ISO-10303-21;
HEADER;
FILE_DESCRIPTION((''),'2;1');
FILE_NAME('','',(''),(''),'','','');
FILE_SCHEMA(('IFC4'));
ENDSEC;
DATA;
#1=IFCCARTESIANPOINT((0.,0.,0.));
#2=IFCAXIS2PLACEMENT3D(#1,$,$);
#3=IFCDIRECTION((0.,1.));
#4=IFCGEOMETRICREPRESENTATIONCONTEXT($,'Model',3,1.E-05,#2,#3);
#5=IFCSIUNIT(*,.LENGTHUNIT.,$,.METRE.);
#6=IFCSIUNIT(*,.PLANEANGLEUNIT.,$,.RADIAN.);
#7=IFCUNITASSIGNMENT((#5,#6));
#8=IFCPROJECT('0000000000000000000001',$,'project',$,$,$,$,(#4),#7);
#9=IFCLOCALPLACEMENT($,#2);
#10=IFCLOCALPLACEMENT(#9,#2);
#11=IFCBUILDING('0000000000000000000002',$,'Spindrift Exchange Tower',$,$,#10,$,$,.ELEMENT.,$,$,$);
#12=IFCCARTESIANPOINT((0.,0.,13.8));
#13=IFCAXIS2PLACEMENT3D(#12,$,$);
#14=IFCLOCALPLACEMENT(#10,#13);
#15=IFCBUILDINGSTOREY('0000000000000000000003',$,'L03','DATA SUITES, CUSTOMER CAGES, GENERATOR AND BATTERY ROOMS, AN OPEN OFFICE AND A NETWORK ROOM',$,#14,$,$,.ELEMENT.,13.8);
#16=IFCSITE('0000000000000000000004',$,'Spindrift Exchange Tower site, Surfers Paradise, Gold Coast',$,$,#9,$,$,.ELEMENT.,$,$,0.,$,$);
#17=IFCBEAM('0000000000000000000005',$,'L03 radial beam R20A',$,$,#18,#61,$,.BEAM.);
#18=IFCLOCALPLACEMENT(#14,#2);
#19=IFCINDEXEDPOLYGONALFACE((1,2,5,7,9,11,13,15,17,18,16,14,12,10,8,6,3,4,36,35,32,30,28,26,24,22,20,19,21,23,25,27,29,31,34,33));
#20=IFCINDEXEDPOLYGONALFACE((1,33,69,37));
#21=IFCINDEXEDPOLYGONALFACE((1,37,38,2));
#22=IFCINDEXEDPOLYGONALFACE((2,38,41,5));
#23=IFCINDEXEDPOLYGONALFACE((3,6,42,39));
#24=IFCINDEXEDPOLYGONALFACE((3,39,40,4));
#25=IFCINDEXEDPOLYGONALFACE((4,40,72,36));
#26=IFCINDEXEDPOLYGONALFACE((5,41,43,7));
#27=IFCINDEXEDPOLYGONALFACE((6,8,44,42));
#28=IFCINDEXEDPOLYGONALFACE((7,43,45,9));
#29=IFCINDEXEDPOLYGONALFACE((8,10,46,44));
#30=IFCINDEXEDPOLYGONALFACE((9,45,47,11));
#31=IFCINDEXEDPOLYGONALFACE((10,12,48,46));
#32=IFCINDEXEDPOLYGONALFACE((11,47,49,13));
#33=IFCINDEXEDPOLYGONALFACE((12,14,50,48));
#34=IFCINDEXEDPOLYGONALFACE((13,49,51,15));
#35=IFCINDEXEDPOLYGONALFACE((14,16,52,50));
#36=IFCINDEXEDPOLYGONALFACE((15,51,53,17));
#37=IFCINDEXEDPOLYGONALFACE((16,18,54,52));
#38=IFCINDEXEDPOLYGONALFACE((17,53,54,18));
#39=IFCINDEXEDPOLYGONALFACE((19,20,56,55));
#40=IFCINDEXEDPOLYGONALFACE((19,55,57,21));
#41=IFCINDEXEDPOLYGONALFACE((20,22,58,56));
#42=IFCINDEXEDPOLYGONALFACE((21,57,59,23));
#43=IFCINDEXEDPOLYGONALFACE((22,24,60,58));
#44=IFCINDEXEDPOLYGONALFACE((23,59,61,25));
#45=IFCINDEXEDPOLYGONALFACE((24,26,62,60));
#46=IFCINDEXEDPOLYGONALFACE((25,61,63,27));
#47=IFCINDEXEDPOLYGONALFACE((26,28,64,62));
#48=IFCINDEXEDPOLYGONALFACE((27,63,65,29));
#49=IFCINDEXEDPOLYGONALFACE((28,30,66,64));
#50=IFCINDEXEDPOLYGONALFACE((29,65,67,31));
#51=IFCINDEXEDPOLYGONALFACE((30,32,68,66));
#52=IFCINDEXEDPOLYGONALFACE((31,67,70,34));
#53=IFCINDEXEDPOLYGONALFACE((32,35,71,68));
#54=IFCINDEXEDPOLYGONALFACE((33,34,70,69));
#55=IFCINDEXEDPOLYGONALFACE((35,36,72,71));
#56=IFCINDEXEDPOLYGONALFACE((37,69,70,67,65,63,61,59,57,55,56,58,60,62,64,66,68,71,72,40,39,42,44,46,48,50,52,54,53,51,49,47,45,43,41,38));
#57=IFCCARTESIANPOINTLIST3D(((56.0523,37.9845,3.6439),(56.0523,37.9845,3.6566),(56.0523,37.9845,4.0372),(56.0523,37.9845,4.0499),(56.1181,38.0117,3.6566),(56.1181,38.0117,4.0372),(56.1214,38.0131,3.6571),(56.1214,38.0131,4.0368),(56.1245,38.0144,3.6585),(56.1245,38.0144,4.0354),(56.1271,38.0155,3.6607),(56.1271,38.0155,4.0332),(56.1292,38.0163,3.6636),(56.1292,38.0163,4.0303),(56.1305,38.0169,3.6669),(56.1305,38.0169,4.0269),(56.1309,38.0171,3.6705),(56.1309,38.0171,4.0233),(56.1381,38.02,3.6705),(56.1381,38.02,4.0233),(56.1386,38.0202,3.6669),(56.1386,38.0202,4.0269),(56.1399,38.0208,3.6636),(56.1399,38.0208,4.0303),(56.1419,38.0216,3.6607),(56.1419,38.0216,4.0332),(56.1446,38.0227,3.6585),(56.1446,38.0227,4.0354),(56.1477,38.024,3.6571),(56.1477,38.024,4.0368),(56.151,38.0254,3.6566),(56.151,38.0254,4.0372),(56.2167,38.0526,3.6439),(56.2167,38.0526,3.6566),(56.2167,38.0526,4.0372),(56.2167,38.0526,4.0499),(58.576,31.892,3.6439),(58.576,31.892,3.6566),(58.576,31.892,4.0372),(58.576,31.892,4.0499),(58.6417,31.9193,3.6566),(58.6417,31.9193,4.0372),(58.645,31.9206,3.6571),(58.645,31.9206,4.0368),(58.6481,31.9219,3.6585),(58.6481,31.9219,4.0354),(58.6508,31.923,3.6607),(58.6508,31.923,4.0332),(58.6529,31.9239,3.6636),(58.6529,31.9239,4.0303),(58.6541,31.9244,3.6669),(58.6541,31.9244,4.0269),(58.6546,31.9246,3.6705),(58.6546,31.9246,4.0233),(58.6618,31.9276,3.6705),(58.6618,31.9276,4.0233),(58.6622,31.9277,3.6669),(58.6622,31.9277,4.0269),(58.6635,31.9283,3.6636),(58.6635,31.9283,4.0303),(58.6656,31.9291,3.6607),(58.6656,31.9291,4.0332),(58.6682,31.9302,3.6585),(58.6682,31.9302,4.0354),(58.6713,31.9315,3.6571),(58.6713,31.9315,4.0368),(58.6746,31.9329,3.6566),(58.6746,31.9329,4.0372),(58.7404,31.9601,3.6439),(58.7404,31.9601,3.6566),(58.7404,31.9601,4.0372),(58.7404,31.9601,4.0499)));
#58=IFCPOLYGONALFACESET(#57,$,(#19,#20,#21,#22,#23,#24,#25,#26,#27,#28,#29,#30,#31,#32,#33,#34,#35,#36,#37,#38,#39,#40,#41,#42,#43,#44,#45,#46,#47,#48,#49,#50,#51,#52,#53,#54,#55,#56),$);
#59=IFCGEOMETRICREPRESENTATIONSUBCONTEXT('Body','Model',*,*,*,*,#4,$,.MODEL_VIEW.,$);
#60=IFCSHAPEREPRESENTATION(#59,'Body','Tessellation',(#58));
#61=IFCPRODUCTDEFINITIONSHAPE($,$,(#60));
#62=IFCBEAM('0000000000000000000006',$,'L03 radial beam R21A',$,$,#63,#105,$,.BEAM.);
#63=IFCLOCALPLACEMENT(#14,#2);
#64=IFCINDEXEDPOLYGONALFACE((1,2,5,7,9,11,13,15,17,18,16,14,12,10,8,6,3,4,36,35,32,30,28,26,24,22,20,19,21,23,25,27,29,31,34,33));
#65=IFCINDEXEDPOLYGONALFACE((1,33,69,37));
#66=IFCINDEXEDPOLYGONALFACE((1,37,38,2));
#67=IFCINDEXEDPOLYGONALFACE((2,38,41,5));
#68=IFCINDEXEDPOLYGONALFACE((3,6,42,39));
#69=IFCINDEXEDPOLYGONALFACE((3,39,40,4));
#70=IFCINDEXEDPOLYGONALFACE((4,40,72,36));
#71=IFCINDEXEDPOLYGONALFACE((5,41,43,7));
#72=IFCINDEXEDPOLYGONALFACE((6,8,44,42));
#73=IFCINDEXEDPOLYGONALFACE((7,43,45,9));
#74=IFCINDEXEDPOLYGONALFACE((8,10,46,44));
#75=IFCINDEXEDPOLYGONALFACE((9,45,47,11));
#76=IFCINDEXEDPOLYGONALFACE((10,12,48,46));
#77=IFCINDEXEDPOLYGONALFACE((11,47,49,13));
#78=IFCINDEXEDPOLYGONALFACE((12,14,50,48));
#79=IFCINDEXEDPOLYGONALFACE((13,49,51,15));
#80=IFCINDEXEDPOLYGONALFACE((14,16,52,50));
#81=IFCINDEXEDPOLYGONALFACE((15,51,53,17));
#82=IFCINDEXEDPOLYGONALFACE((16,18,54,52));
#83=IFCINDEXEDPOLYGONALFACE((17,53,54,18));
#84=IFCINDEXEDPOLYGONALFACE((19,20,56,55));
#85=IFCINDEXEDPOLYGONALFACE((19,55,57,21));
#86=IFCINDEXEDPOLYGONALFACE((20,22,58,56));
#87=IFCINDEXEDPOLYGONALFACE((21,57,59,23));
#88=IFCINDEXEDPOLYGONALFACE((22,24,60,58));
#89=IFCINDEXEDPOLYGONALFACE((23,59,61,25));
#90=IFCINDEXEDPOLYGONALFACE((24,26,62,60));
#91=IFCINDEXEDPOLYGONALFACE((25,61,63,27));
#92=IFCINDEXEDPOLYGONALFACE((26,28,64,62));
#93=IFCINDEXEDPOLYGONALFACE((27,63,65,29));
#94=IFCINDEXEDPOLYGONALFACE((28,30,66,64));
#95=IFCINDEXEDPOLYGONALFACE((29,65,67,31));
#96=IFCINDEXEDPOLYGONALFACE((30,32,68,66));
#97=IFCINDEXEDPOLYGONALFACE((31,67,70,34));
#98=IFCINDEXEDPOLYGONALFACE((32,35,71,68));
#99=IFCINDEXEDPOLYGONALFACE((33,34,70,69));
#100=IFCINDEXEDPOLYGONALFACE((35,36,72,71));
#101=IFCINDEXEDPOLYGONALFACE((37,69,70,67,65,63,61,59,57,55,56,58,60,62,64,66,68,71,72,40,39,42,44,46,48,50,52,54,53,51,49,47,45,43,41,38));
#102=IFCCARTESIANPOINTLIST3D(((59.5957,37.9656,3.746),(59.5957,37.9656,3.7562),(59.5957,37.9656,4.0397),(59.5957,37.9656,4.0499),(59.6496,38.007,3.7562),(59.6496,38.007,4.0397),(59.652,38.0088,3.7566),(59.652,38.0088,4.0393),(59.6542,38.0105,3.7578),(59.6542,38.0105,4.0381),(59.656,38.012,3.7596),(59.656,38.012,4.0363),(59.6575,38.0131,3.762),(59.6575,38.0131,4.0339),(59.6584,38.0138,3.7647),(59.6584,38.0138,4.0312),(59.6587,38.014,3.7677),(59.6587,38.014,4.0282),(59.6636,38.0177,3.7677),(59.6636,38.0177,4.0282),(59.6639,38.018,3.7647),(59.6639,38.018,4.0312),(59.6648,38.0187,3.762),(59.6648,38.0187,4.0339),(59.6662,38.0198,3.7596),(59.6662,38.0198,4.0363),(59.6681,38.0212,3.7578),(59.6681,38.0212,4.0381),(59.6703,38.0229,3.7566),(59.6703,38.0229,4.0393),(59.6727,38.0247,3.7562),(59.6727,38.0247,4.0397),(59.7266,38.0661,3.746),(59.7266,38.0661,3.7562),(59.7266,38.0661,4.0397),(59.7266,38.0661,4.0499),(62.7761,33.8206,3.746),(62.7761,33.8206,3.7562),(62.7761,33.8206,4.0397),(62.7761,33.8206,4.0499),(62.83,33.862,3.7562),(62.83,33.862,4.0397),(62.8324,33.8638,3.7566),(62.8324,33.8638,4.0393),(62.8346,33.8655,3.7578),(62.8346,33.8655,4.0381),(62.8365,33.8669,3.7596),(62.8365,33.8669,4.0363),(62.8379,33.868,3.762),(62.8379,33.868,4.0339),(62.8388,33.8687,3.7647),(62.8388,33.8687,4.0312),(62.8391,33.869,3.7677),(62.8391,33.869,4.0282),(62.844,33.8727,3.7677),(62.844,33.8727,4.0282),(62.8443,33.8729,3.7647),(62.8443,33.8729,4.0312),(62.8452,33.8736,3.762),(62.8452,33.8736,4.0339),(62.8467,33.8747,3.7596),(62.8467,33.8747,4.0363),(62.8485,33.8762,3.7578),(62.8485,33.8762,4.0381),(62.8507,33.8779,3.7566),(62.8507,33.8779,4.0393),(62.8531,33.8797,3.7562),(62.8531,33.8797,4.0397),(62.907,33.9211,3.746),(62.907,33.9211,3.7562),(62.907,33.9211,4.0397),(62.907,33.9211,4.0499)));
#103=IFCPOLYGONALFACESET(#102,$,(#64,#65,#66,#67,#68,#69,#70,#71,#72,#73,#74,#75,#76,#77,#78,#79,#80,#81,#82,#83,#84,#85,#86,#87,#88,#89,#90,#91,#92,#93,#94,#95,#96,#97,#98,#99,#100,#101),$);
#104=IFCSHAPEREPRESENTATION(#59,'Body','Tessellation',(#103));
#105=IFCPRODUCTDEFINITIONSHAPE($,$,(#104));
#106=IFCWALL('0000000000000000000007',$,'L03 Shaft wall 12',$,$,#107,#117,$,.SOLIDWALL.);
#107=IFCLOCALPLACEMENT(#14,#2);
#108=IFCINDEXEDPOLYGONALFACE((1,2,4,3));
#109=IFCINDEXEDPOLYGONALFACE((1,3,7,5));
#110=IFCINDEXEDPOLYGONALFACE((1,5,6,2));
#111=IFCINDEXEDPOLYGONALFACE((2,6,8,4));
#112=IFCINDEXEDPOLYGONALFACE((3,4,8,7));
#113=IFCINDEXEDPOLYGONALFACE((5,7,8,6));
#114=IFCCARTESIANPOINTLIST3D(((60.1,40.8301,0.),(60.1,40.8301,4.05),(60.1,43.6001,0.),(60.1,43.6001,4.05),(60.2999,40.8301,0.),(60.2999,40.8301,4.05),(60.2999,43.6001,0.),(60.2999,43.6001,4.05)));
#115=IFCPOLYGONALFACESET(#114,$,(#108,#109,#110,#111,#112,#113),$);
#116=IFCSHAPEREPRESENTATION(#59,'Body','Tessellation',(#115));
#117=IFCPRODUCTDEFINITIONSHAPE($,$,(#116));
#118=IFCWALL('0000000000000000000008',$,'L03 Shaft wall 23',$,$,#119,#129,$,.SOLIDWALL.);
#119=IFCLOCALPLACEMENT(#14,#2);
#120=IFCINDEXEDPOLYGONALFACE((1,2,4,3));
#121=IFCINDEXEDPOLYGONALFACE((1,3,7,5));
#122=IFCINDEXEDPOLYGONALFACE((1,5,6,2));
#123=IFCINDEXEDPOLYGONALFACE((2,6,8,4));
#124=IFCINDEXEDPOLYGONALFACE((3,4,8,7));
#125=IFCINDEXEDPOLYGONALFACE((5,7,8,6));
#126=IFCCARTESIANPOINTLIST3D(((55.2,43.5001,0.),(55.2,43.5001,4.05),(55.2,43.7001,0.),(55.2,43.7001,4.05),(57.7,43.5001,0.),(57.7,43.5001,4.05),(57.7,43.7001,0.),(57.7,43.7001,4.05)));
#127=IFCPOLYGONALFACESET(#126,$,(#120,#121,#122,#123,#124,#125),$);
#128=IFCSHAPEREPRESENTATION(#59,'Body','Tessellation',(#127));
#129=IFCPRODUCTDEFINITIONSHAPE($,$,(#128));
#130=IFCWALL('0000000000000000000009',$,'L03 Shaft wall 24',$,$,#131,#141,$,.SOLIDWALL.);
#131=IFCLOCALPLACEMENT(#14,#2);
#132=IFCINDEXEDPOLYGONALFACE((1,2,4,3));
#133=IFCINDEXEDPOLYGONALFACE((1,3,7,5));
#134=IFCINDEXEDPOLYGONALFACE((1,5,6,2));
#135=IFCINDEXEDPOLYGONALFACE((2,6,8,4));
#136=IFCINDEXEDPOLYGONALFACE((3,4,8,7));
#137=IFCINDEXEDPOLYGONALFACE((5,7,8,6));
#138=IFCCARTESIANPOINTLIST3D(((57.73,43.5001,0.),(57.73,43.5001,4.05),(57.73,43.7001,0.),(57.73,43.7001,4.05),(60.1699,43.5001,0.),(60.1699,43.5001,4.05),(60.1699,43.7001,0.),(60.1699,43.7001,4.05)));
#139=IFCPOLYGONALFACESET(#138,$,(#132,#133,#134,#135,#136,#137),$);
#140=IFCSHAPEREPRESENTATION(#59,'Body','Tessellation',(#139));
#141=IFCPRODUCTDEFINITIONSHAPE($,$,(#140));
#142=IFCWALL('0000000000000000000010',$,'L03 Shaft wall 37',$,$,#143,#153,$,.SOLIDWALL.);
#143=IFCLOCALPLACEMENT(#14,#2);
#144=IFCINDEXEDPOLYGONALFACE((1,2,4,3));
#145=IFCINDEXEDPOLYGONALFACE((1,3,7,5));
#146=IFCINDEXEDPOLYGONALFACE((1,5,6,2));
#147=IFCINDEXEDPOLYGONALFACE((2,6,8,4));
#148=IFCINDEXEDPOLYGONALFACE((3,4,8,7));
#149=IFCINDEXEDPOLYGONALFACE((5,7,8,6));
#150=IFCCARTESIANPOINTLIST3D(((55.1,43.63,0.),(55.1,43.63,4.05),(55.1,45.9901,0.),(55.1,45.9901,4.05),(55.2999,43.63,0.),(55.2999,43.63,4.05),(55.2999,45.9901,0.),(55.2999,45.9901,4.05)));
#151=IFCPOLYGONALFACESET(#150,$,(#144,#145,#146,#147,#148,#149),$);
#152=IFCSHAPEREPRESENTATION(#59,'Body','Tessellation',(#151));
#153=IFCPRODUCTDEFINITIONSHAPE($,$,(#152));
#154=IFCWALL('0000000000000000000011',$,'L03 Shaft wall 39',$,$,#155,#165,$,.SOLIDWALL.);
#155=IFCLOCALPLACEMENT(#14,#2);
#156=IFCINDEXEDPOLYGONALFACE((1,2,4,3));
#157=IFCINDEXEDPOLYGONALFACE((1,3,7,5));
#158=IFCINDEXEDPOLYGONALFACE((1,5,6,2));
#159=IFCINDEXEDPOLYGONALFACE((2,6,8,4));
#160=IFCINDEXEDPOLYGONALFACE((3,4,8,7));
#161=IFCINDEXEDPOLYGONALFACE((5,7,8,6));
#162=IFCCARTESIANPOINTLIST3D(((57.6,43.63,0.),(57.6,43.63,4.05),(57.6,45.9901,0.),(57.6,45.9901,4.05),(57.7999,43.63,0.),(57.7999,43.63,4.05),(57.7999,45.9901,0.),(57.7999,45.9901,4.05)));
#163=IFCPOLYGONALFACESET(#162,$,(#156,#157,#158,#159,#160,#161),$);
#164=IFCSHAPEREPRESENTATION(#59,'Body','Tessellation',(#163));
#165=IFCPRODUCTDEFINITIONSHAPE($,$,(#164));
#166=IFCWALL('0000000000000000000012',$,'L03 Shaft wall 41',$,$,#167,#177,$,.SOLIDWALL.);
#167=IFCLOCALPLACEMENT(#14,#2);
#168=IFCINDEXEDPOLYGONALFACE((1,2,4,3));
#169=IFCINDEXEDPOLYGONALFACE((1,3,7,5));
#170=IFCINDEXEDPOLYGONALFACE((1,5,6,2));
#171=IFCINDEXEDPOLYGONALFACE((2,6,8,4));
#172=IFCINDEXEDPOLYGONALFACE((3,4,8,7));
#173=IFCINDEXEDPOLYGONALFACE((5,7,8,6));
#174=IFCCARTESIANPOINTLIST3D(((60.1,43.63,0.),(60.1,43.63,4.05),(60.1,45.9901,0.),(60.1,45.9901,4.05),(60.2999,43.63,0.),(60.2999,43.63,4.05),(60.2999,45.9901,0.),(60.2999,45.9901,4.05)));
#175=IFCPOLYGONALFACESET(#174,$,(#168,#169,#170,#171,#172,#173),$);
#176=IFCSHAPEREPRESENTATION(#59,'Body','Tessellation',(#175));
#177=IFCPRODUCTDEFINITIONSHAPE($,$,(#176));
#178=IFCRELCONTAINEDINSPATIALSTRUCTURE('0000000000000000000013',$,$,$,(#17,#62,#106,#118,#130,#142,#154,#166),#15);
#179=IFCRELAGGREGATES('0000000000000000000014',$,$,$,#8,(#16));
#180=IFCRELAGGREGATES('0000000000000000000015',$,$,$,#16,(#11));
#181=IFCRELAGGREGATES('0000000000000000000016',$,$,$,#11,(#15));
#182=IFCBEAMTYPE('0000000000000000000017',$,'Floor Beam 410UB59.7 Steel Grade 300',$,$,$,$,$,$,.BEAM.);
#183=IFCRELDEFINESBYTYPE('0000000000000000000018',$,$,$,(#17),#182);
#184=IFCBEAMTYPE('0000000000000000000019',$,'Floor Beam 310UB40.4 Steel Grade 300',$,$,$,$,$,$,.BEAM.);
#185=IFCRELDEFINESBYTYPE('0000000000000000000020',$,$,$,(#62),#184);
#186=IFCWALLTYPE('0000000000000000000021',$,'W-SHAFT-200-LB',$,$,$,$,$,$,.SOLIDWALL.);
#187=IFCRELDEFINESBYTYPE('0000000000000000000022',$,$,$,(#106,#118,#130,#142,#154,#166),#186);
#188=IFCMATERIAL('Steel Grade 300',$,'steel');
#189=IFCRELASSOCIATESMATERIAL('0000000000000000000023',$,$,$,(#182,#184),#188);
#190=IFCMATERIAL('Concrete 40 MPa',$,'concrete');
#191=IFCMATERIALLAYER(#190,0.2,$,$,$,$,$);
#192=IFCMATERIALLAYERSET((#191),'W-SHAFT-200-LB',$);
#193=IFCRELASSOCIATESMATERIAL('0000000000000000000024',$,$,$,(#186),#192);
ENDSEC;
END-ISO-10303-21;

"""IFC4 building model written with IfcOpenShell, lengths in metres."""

from ifc_helpers import new_model, si_unit, direction, frame, frame_2d, origin, origin_2d, place, context, subcontext, project, spatial, rectangle, i_section, extrude, source, transform, mapped, material, layer, layer_set, material_profile, profile_set, type_object, element, save


model = new_model("IFC4")

# Units and contexts
model_context = context("Model", 3, precision=1e-05, world=origin(), true_north=direction((0.0, 1.0)))
body_context = subcontext(model_context, "Body", "Model", "MODEL_VIEW")
ifc_project = project(units=[si_unit("LENGTHUNIT", "METRE"), si_unit("PLANEANGLEUNIT", "RADIAN")], contexts=[model_context])

# Site, building, storey
site_placement = place(None, origin())
site = spatial("IfcSite", under=ifc_project, at=site_placement, Name="Spindrift Exchange Tower site, Surfers Paradise, Gold Coast", CompositionType="ELEMENT", RefElevation=0.0)
building_placement = place(site_placement, origin())
building = spatial("IfcBuilding", under=site, at=building_placement, Name="Spindrift Exchange Tower", CompositionType="ELEMENT")
storey_placement = place(building_placement, frame((0.0, 0.0, 13.8)))
storey = spatial("IfcBuildingStorey", under=building, at=storey_placement, Name="L03", Description="DATA SUITES, CUSTOMER CAGES, GENERATOR AND BATTERY ROOMS, AN OPEN OFFICE AND A NETWORK ROOM", CompositionType="ELEMENT", Elevation=13.8)

# Beams
ifc_material_1 = material(Name="Steel Grade 300", Category="steel")
ifc_material_profile_1 = material_profile(ifc_material_1, i_section(OverallWidth=0.178, OverallDepth=0.406, WebThickness=0.0078, FlangeThickness=0.0127, FilletRadius=0.0139, at=origin_2d()), Name="410UB59.7")
ifc_profile_set_1 = profile_set([ifc_material_profile_1], Name="Steel Grade 300")
beam_type_1 = type_object("IfcBeamType", Name="Floor Beam 410UB59.7 Steel Grade 300", PredefinedType="BEAM", material=ifc_profile_set_1)
shared_shape_1 = source(origin(), body_context, "Body", "SweptSolid", [
    extrude(i_section(OverallWidth=0.178, OverallDepth=0.406, WebThickness=0.0078, FlangeThickness=0.0127, FilletRadius=0.0139, at=origin_2d()), origin(), (0.0, 0.0, 1.0), 6.5945),
])
beam_1_placement = place(storey_placement, frame((56.1345, 38.0186, 3.8469), z_axis=(0.382693, -0.923876, 0.0), x_axis=(0.923876, 0.382693, 0.0)))
element("IfcBeam", 1, at=beam_1_placement, inside=storey, type_object=beam_type_1, Name="L03 radial beam R20A", PredefinedType="BEAM", context=body_context, shape_type="MappedRepresentation", body=[
    mapped(shared_shape_1, transform((0.0, 0.0, 0.0), scale=1.0)),
])
ifc_material_profile_2 = material_profile(ifc_material_1, i_section(OverallWidth=0.165, OverallDepth=0.304, WebThickness=0.0061, FlangeThickness=0.0103, FilletRadius=0.0115, at=origin_2d()), Name="310UB40.4")
ifc_profile_set_2 = profile_set([ifc_material_profile_2], Name="Steel Grade 300")
beam_type_2 = type_object("IfcBeamType", Name="Floor Beam 310UB40.4 Steel Grade 300", PredefinedType="BEAM", material=ifc_profile_set_2)
shared_shape_2 = source(origin(), body_context, "Body", "SweptSolid", [
    extrude(i_section(OverallWidth=0.165, OverallDepth=0.304, WebThickness=0.0061, FlangeThickness=0.0103, FilletRadius=0.0115, at=origin_2d()), origin(), (0.0, 0.0, 1.0), 5.2246),
])
beam_2_placement = place(storey_placement, frame((59.6611, 38.0159, 3.8979), z_axis=(0.608741, -0.793369, 0.0), x_axis=(0.793369, 0.608741, 0.0)))
element("IfcBeam", 2, at=beam_2_placement, inside=storey, type_object=beam_type_2, Name="L03 radial beam R21A", PredefinedType="BEAM", context=body_context, shape_type="MappedRepresentation", body=[
    mapped(shared_shape_2, transform((0.0, 0.0, 0.0), scale=1.0)),
])

# Walls
ifc_material_2 = material(Name="Concrete 40 MPa", Category="concrete")
ifc_layer = layer(ifc_material_2, 0.2)
ifc_layer_set = layer_set([ifc_layer], Name="W-SHAFT-200-LB")
wall_type = type_object("IfcWallType", Name="W-SHAFT-200-LB", PredefinedType="SOLIDWALL", material=ifc_layer_set)
wall_1_placement = place(storey_placement, frame((60.2, 40.8301, 0.0), z_axis=(0.0, 0.0, 1.0), x_axis=(0.0, 1.0, 0.0)))
element("IfcWall", 3, at=wall_1_placement, inside=storey, type_object=wall_type, Name="L03 Shaft wall 12", PredefinedType="SOLIDWALL", context=body_context, shape_type="SweptSolid", body=[
    extrude(rectangle(XDim=2.77, YDim=0.2, at=frame_2d((1.385, 0.0))), origin(), (0.0, 0.0, 1.0), 4.05),
])
wall_2_placement = place(storey_placement, frame((55.2, 43.6001, 0.0), z_axis=(0.0, 0.0, 1.0), x_axis=(1.0, 0.0, 0.0)))
element("IfcWall", 4, at=wall_2_placement, inside=storey, type_object=wall_type, Name="L03 Shaft wall 23", PredefinedType="SOLIDWALL", context=body_context, shape_type="SweptSolid", body=[
    extrude(rectangle(XDim=2.5, YDim=0.2, at=frame_2d((1.25, 0.0))), origin(), (0.0, 0.0, 1.0), 4.05),
])
wall_3_placement = place(storey_placement, frame((57.73, 43.6001, 0.0), z_axis=(0.0, 0.0, 1.0), x_axis=(1.0, 0.0, 0.0)))
element("IfcWall", 5, at=wall_3_placement, inside=storey, type_object=wall_type, Name="L03 Shaft wall 24", PredefinedType="SOLIDWALL", context=body_context, shape_type="SweptSolid", body=[
    extrude(rectangle(XDim=2.4399, YDim=0.2, at=frame_2d((1.22, 0.0))), origin(), (0.0, 0.0, 1.0), 4.05),
])
for number, where, z_axis, x_axis, name in (
    (6, (55.2, 43.6299, 0.0), (0.0, 0.0, 1.0), (0.0, 1.0, 0.0), "L03 Shaft wall 37"),
    (7, (57.7, 43.6299, 0.0), (0.0, 0.0, 1.0), (0.0, 1.0, 0.0), "L03 Shaft wall 39"),
    (8, (60.2, 43.6299, 0.0), (0.0, 0.0, 1.0), (0.0, 1.0, 0.0), "L03 Shaft wall 41"),
):
    element("IfcWall", number, at=place(storey_placement, frame(where, z_axis=z_axis, x_axis=x_axis)), inside=storey, type_object=wall_type, Name=name, PredefinedType="SOLIDWALL", context=body_context, shape_type="SweptSolid", body=[
        extrude(rectangle(XDim=2.3601, YDim=0.2, at=frame_2d((1.1802, 0.0))), origin(), (0.0, 0.0, 1.0), 4.05),
    ])

save(model, "model.ifc")
